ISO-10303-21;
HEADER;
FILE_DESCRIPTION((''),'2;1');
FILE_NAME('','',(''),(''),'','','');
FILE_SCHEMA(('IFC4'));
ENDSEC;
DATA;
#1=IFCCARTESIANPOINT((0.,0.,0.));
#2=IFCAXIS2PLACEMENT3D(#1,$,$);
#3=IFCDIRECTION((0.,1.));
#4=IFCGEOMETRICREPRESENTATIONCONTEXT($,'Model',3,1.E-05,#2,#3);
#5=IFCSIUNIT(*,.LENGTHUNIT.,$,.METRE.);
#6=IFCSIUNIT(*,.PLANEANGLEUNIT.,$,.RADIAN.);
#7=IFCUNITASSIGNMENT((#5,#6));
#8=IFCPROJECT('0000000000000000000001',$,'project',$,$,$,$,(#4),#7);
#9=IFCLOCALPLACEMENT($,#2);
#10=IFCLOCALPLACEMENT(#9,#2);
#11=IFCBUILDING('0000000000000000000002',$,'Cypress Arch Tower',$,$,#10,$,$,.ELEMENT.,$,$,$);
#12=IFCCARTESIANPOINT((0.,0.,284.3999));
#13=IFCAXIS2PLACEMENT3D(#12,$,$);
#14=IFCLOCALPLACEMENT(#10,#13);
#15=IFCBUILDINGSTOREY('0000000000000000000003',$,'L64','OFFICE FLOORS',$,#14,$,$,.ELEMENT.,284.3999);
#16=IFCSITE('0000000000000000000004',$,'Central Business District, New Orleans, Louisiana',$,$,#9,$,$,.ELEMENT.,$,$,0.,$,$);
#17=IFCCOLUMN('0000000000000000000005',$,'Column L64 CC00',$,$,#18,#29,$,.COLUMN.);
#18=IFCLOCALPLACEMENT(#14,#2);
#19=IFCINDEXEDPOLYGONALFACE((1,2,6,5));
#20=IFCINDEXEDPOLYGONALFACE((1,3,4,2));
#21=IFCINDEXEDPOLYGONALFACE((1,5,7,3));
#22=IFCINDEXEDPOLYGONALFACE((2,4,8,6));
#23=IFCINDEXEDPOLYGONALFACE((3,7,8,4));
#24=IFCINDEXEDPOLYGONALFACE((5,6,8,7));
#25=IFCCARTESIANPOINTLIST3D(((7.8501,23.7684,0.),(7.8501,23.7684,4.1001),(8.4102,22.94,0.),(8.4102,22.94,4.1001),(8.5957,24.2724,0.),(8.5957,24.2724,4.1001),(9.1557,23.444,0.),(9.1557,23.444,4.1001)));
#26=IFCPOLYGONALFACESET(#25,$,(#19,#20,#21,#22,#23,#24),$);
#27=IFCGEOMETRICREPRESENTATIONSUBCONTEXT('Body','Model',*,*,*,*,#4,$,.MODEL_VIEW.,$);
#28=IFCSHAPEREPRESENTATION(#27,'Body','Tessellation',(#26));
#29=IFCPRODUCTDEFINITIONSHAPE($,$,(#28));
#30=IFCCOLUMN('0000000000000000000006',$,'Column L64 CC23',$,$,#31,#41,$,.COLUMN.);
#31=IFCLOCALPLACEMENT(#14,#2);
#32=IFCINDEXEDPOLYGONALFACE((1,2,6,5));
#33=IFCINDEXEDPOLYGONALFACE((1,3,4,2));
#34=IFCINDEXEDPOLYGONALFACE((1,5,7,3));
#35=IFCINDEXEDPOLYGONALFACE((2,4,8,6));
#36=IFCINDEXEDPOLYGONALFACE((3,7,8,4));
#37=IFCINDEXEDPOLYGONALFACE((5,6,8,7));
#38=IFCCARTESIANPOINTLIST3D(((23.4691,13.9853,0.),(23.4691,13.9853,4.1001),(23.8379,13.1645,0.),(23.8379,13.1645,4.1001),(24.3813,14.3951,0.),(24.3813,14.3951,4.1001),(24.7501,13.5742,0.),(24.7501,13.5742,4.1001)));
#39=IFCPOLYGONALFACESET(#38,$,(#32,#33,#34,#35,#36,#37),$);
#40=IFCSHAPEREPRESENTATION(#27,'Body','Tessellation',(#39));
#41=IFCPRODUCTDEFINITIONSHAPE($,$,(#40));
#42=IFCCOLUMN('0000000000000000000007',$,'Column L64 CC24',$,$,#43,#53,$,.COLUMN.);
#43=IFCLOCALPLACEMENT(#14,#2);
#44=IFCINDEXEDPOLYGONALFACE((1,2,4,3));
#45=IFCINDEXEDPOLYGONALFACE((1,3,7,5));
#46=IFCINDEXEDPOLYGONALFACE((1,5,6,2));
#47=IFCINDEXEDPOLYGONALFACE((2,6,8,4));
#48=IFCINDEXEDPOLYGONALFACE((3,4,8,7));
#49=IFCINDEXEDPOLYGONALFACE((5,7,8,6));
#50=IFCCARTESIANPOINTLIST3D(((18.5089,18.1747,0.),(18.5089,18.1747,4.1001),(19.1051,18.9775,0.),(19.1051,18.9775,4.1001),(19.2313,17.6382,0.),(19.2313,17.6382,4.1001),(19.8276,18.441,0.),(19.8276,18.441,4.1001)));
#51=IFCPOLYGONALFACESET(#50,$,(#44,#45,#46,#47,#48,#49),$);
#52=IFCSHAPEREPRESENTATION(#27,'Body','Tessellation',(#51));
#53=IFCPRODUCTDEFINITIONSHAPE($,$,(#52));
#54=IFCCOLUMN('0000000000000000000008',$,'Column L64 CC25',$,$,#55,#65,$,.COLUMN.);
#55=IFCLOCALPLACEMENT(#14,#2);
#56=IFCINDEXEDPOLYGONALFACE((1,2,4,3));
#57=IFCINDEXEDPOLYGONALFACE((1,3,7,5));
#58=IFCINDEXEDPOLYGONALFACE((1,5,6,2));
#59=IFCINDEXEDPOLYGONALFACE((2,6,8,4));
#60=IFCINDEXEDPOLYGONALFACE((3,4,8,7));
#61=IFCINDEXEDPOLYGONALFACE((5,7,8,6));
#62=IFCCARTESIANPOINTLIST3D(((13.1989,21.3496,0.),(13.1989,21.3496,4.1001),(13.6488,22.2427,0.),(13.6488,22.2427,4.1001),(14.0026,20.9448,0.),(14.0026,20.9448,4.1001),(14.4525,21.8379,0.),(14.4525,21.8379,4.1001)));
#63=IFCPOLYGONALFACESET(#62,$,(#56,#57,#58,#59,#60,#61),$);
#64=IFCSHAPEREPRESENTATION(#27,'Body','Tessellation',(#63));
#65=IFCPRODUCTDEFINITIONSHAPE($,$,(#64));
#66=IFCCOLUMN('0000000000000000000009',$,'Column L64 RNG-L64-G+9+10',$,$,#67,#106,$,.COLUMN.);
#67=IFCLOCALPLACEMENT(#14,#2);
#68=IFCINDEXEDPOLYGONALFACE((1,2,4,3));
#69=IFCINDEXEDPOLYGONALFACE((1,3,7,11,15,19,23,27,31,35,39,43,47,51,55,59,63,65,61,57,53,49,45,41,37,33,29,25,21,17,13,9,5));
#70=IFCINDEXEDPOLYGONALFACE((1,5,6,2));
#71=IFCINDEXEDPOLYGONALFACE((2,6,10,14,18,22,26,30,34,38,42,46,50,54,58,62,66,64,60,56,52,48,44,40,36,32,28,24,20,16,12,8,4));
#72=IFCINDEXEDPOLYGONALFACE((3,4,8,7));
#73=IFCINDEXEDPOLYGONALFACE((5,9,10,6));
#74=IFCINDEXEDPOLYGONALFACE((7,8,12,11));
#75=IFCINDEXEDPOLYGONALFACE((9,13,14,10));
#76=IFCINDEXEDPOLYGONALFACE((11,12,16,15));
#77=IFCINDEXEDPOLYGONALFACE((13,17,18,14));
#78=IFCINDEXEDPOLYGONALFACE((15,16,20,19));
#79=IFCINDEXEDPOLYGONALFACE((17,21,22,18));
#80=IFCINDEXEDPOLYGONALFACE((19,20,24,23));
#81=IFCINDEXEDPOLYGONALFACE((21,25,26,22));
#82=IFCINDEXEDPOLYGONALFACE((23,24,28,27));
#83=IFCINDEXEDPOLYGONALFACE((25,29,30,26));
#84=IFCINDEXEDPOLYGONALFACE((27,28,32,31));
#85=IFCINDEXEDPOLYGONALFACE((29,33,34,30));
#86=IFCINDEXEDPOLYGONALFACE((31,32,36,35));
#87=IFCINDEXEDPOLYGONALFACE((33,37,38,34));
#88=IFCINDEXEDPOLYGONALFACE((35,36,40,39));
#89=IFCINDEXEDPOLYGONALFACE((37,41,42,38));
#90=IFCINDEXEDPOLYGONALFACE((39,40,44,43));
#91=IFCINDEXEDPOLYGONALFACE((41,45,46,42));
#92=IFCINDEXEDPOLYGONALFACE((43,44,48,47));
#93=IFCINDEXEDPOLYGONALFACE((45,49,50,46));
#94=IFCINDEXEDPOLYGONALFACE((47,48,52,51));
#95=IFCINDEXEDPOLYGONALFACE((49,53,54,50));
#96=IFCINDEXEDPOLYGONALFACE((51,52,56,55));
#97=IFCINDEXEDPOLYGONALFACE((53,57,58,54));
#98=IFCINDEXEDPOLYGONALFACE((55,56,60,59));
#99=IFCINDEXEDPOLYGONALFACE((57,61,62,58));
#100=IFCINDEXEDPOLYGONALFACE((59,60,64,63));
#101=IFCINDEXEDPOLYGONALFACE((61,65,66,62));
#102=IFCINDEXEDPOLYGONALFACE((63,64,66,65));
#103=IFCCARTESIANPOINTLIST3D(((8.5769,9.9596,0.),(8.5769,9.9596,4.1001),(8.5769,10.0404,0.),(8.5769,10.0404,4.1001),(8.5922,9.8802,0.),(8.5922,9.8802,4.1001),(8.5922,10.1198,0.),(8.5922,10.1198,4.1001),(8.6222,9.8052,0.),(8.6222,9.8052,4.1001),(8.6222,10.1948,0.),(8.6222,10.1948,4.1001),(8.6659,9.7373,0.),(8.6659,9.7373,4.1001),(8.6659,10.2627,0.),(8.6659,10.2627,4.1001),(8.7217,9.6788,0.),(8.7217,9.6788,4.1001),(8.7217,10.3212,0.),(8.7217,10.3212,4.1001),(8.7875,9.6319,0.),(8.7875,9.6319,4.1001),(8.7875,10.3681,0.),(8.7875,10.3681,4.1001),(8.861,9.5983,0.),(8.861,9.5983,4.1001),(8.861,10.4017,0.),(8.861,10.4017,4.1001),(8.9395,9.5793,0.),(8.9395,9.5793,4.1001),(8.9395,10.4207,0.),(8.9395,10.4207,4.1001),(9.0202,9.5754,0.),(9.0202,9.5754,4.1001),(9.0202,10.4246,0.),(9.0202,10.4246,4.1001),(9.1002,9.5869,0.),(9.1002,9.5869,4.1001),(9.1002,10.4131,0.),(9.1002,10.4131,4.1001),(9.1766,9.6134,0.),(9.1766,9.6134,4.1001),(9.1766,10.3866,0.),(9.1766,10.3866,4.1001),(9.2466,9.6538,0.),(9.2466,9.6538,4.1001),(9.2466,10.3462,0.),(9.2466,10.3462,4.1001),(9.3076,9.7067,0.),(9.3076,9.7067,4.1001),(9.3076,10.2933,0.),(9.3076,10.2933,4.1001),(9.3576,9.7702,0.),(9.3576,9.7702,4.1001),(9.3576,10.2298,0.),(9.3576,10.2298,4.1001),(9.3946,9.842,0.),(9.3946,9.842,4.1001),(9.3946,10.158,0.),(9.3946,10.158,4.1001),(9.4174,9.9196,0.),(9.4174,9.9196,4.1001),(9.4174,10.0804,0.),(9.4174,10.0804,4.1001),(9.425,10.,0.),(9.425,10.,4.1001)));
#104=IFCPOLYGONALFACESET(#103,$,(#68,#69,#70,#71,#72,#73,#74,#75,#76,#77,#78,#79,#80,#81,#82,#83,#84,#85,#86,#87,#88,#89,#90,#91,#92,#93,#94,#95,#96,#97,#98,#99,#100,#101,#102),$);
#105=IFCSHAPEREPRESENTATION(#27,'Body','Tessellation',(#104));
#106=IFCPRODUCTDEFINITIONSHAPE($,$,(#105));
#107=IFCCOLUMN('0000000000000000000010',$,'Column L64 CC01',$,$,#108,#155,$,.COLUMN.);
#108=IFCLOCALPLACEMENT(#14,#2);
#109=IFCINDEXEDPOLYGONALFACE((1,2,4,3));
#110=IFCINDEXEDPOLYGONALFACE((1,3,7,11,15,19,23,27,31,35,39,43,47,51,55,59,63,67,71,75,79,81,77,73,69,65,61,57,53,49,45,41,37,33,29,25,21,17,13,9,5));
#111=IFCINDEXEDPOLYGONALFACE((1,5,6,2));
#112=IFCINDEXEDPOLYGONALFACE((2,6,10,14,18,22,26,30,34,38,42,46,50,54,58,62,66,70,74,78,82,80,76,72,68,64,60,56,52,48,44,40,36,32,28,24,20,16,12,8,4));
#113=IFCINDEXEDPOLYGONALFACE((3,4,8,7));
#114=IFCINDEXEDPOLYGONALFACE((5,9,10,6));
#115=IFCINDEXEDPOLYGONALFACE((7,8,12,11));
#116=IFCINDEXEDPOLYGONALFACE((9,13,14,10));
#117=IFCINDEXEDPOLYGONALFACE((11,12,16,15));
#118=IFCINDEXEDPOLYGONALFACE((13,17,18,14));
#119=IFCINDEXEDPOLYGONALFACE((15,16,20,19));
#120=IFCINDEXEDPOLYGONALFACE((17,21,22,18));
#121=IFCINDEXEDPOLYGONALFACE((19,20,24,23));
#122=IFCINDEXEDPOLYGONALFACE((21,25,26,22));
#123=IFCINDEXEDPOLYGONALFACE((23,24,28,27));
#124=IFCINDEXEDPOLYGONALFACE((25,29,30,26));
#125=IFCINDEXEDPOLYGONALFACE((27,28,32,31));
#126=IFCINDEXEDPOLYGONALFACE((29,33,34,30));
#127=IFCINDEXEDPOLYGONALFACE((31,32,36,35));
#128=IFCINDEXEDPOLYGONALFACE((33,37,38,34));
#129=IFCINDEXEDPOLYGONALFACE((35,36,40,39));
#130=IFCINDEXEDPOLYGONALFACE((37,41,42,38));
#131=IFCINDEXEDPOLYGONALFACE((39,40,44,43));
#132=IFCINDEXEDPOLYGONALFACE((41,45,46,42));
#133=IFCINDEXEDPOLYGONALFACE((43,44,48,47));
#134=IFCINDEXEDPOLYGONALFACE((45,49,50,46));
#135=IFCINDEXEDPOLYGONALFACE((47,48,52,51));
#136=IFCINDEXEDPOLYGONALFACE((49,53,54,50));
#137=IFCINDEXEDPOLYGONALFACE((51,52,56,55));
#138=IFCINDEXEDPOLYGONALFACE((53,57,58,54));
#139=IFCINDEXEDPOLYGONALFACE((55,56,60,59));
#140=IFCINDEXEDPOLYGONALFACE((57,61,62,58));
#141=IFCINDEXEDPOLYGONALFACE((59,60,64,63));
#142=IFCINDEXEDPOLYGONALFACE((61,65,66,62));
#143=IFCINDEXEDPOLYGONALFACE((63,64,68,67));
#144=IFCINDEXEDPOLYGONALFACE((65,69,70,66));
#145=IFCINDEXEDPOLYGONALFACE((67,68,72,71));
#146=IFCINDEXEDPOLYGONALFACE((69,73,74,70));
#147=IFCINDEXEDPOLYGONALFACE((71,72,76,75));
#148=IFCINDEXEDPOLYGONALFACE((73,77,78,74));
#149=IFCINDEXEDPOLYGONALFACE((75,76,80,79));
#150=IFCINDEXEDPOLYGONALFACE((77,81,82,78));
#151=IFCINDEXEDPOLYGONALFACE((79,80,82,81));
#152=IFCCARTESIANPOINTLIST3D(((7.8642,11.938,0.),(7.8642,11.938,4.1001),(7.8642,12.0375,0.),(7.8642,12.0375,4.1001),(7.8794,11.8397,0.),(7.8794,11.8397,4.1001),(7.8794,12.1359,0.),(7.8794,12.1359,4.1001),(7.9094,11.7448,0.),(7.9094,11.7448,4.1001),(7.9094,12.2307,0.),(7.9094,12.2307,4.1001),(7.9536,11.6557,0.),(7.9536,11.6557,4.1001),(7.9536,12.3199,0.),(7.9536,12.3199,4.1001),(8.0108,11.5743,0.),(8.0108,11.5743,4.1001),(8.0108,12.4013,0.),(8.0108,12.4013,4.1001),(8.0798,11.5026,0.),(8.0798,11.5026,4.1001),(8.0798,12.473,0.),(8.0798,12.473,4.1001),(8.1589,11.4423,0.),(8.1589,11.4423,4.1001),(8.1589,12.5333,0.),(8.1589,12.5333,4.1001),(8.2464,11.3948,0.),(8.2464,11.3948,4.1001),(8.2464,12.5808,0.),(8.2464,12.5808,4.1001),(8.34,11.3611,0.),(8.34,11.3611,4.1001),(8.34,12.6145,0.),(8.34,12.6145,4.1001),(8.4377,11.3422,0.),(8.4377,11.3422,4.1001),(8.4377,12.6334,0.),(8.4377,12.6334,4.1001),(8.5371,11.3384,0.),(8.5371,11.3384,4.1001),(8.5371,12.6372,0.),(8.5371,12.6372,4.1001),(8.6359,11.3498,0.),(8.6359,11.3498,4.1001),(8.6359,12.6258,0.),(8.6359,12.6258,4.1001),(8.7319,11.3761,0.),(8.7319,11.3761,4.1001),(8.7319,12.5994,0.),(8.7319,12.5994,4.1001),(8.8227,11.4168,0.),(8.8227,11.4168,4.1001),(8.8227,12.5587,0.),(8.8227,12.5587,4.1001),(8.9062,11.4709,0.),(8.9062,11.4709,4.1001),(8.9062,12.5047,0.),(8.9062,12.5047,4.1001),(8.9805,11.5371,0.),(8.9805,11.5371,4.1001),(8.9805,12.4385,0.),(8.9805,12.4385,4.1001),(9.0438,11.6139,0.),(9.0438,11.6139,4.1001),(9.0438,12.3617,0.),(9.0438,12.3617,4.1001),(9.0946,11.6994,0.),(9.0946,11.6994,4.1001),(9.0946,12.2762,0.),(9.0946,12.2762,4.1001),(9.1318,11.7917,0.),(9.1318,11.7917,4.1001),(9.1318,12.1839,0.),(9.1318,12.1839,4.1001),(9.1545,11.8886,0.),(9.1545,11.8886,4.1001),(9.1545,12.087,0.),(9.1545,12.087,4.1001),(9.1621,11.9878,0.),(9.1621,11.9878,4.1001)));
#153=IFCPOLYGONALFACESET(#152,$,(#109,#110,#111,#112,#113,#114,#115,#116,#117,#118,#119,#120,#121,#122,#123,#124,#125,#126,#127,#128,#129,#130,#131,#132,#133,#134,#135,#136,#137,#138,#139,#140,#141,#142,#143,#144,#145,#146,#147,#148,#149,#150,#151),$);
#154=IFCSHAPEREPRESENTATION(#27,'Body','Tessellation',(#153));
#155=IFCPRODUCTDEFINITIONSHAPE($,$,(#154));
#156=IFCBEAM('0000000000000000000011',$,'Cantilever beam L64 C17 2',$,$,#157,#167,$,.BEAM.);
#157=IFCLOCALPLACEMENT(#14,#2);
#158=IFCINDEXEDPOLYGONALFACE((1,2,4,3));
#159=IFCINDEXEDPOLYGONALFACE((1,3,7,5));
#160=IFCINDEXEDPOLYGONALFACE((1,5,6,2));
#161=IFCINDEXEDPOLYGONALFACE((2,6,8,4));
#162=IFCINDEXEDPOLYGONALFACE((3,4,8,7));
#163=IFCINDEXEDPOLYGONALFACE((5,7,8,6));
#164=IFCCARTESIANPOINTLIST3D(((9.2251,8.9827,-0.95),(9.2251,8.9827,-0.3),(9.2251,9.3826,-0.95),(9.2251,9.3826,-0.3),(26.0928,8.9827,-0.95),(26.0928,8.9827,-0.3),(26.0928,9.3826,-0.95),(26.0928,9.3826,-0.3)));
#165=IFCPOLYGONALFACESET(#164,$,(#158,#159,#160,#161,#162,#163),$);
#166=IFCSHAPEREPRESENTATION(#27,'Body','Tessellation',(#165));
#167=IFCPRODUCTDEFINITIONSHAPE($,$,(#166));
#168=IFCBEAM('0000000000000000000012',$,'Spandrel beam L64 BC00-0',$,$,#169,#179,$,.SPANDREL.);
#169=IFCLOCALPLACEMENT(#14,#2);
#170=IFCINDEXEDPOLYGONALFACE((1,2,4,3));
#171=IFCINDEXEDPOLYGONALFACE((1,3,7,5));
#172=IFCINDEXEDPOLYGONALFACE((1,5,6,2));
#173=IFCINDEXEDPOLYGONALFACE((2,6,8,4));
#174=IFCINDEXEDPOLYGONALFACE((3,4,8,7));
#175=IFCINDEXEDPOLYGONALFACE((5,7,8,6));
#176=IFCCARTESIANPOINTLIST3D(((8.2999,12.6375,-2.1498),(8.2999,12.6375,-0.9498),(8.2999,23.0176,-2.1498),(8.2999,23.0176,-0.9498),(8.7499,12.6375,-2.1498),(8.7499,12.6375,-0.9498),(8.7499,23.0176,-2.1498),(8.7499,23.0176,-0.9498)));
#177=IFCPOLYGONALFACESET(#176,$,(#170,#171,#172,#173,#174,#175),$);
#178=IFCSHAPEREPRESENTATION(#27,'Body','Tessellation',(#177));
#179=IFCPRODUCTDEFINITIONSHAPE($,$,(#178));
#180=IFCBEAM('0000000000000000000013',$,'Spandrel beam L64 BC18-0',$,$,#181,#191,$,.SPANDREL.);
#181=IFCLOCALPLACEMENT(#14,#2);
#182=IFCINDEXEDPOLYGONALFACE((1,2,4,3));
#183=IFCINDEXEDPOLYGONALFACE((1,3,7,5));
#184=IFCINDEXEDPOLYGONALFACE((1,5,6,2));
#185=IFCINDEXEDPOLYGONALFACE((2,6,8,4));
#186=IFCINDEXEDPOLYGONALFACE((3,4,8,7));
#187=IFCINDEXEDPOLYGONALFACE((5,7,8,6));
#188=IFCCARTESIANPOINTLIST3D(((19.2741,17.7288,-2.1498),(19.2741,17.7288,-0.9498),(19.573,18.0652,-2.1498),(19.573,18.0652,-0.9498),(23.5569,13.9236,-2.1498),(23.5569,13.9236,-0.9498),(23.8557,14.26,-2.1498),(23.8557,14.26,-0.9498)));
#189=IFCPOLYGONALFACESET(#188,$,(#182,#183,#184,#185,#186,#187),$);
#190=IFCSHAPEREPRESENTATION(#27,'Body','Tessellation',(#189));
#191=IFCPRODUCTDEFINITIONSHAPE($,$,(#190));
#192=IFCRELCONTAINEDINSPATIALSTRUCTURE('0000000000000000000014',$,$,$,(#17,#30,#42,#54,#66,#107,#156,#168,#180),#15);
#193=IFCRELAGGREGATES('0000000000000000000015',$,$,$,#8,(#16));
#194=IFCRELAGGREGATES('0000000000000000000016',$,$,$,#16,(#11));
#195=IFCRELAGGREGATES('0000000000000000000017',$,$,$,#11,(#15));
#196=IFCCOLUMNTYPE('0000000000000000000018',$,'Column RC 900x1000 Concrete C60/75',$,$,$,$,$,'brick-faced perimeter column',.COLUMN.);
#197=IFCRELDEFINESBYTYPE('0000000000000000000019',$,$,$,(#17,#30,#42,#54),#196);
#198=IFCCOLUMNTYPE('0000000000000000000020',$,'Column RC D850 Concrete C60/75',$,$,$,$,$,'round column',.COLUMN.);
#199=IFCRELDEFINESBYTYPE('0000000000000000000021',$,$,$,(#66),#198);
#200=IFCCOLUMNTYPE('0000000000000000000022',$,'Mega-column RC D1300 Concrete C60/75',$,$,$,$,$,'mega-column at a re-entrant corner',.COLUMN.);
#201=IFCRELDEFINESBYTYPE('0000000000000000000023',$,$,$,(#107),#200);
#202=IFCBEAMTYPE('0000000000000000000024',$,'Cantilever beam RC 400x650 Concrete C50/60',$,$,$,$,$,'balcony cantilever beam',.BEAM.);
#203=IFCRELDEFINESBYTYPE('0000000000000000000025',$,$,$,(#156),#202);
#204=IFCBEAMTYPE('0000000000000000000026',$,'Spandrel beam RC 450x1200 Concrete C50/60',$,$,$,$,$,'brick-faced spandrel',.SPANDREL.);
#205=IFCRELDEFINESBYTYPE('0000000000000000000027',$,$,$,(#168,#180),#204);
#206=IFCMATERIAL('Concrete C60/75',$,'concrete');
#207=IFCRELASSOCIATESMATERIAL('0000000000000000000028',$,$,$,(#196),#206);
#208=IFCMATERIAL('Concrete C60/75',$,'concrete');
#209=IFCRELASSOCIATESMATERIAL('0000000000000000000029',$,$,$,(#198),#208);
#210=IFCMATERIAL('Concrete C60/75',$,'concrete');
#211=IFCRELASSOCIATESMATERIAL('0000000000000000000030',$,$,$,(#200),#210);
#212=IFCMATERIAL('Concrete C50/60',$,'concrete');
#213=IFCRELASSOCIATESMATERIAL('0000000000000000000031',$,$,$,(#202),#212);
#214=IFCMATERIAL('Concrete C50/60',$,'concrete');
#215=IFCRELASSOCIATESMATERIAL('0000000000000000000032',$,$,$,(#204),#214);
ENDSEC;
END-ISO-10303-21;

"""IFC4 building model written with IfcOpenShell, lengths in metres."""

from ifc_helpers import new_model, si_unit, direction, frame, origin, origin_2d, place, context, subcontext, project, spatial, rectangle, circle, extrude, material, material_profile, profile_set, type_object, element, save


model = new_model("IFC4")

# Units and contexts
model_context = context("Model", 3, precision=1e-05, world=origin(), true_north=direction((0.0, 1.0)))
body_context = subcontext(model_context, "Body", "Model", "MODEL_VIEW")
ifc_project = project(units=[si_unit("LENGTHUNIT", "METRE"), si_unit("PLANEANGLEUNIT", "RADIAN")], contexts=[model_context])

# Site, building, storey
site_placement = place(None, origin())
site = spatial("IfcSite", under=ifc_project, at=site_placement, Name="Central Business District, New Orleans, Louisiana", CompositionType="ELEMENT", RefElevation=0.0)
building_placement = place(site_placement, origin())
building = spatial("IfcBuilding", under=site, at=building_placement, Name="Cypress Arch Tower", CompositionType="ELEMENT")
storey_placement = place(building_placement, frame((0.0, 0.0, 284.3999)))
storey = spatial("IfcBuildingStorey", under=building, at=storey_placement, Name="L64", Description="OFFICE FLOORS", CompositionType="ELEMENT", Elevation=284.3999)

# Columns
ifc_material_1 = material(Name="Concrete C60/75", Category="concrete")
ifc_material_profile_1 = material_profile(ifc_material_1, rectangle(XDim=0.8999, YDim=1.0, at=origin_2d()), Name="RC 900x1000")
ifc_profile_set_1 = profile_set([ifc_material_profile_1], Name="Concrete C60/75")
column_type_1 = type_object("IfcColumnType", Name="Column RC 900x1000 Concrete C60/75", ElementType="brick-faced perimeter column", PredefinedType="COLUMN", material=ifc_profile_set_1)
for number, where, z_axis, x_axis, name in (
    (1, (8.5029, 23.6062, 0.0), (0.0, 0.0, 1.0), (-0.82847, -0.560034, 0.0), "Column L64 CC00"),
    (2, (24.1096, 13.7798, 0.0), (0.0, 0.0, 1.0), (-0.409765, 0.912191, 0.0), "Column L64 CC23"),
    (3, (19.1682, 18.3079, 0.0), (0.0, 0.0, 1.0), (-0.802799, 0.59625, 0.0), "Column L64 CC24"),
    (4, (13.8257, 21.5938, 0.0), (0.0, 0.0, 1.0), (-0.893106, 0.449845, 0.0), "Column L64 CC25"),
):
    element("IfcColumn", number, at=place(storey_placement, frame(where, z_axis=z_axis, x_axis=x_axis)), inside=storey, type_object=column_type_1, Name=name, PredefinedType="COLUMN", context=body_context, shape_type="SweptSolid", body=[
        extrude(rectangle(XDim=0.8999, YDim=1.0, at=origin_2d()), origin(), (0.0, 0.0, 1.0), 4.1001),
    ])
ifc_material_2 = material(Name="Concrete C60/75", Category="concrete")
ifc_material_profile_2 = material_profile(ifc_material_2, circle(Radius=0.425, at=origin_2d()), Name="RC D850")
ifc_profile_set_2 = profile_set([ifc_material_profile_2], Name="Concrete C60/75")
column_type_2 = type_object("IfcColumnType", Name="Column RC D850 Concrete C60/75", ElementType="round column", PredefinedType="COLUMN", material=ifc_profile_set_2)
column_1_placement = place(storey_placement, frame((9.0, 10.0, 0.0), z_axis=(0.0, 0.0, 1.0), x_axis=(1.0, 0.0, 0.0)))
element("IfcColumn", 5, at=column_1_placement, inside=storey, type_object=column_type_2, Name="Column L64 RNG-L64-G+9+10", PredefinedType="COLUMN", context=body_context, shape_type="SweptSolid", body=[
    extrude(circle(Radius=0.425, at=origin_2d()), origin(), (0.0, 0.0, 1.0), 4.1001),
])
ifc_material_3 = material(Name="Concrete C60/75", Category="concrete")
ifc_material_profile_3 = material_profile(ifc_material_3, circle(Radius=0.6499, at=origin_2d()), Name="RC D1300")
ifc_profile_set_3 = profile_set([ifc_material_profile_3], Name="Concrete C60/75")
column_type_3 = type_object("IfcColumnType", Name="Mega-column RC D1300 Concrete C60/75", ElementType="mega-column at a re-entrant corner", PredefinedType="COLUMN", material=ifc_profile_set_3)
column_2_placement = place(storey_placement, frame((8.5122, 11.9878, 0.0), z_axis=(0.0, 0.0, 1.0), x_axis=(1.0, 0.0, 0.0)))
element("IfcColumn", 6, at=column_2_placement, inside=storey, type_object=column_type_3, Name="Column L64 CC01", PredefinedType="COLUMN", context=body_context, shape_type="SweptSolid", body=[
    extrude(circle(Radius=0.6499, at=origin_2d()), origin(), (0.0, 0.0, 1.0), 4.1001),
])

# Beams
ifc_material_4 = material(Name="Concrete C50/60", Category="concrete")
ifc_material_profile_4 = material_profile(ifc_material_4, rectangle(XDim=0.3999, YDim=0.6499, at=origin_2d()), Name="RC 400x650")
ifc_profile_set_4 = profile_set([ifc_material_profile_4], Name="Concrete C50/60")
beam_type_1 = type_object("IfcBeamType", Name="Cantilever beam RC 400x650 Concrete C50/60", ElementType="balcony cantilever beam", PredefinedType="BEAM", material=ifc_profile_set_4)
beam_1_placement = place(storey_placement, frame((9.2251, 9.1826, -0.625), z_axis=(1.0, 0.0, 0.0), x_axis=(0.0, 1.0, 0.0)))
element("IfcBeam", 7, at=beam_1_placement, inside=storey, type_object=beam_type_1, Name="Cantilever beam L64 C17 2", PredefinedType="BEAM", context=body_context, shape_type="SweptSolid", body=[
    extrude(rectangle(XDim=0.3999, YDim=0.6499, at=origin_2d()), origin(), (0.0, 0.0, 1.0), 16.8677),
])
ifc_material_5 = material(Name="Concrete C50/60", Category="concrete")
ifc_material_profile_5 = material_profile(ifc_material_5, rectangle(XDim=0.45, YDim=1.2, at=origin_2d()), Name="RC 450x1200")
ifc_profile_set_5 = profile_set([ifc_material_profile_5], Name="Concrete C50/60")
beam_type_2 = type_object("IfcBeamType", Name="Spandrel beam RC 450x1200 Concrete C50/60", ElementType="brick-faced spandrel", PredefinedType="SPANDREL", material=ifc_profile_set_5)
beam_2_placement = place(storey_placement, frame((8.5249, 23.0176, -1.5498), z_axis=(0.0, -1.0, 0.0), x_axis=(1.0, 0.0, 0.0)))
element("IfcBeam", 8, at=beam_2_placement, inside=storey, type_object=beam_type_2, Name="Spandrel beam L64 BC00-0", PredefinedType="SPANDREL", context=body_context, shape_type="SweptSolid", body=[
    extrude(rectangle(XDim=0.45, YDim=1.2, at=origin_2d()), origin(), (0.0, 0.0, 1.0), 10.3801),
])
beam_3_placement = place(storey_placement, frame((23.7063, 14.0918, -1.5498), z_axis=(-0.747555, 0.6642, 0.0), x_axis=(-0.6642, -0.747555, 0.0)))
element("IfcBeam", 9, at=beam_3_placement, inside=storey, type_object=beam_type_2, Name="Spandrel beam L64 BC18-0", PredefinedType="SPANDREL", context=body_context, shape_type="SweptSolid", body=[
    extrude(rectangle(XDim=0.45, YDim=1.2, at=origin_2d()), origin(), (0.0, 0.0, 1.0), 5.729),
])

save(model, "model.ifc")
